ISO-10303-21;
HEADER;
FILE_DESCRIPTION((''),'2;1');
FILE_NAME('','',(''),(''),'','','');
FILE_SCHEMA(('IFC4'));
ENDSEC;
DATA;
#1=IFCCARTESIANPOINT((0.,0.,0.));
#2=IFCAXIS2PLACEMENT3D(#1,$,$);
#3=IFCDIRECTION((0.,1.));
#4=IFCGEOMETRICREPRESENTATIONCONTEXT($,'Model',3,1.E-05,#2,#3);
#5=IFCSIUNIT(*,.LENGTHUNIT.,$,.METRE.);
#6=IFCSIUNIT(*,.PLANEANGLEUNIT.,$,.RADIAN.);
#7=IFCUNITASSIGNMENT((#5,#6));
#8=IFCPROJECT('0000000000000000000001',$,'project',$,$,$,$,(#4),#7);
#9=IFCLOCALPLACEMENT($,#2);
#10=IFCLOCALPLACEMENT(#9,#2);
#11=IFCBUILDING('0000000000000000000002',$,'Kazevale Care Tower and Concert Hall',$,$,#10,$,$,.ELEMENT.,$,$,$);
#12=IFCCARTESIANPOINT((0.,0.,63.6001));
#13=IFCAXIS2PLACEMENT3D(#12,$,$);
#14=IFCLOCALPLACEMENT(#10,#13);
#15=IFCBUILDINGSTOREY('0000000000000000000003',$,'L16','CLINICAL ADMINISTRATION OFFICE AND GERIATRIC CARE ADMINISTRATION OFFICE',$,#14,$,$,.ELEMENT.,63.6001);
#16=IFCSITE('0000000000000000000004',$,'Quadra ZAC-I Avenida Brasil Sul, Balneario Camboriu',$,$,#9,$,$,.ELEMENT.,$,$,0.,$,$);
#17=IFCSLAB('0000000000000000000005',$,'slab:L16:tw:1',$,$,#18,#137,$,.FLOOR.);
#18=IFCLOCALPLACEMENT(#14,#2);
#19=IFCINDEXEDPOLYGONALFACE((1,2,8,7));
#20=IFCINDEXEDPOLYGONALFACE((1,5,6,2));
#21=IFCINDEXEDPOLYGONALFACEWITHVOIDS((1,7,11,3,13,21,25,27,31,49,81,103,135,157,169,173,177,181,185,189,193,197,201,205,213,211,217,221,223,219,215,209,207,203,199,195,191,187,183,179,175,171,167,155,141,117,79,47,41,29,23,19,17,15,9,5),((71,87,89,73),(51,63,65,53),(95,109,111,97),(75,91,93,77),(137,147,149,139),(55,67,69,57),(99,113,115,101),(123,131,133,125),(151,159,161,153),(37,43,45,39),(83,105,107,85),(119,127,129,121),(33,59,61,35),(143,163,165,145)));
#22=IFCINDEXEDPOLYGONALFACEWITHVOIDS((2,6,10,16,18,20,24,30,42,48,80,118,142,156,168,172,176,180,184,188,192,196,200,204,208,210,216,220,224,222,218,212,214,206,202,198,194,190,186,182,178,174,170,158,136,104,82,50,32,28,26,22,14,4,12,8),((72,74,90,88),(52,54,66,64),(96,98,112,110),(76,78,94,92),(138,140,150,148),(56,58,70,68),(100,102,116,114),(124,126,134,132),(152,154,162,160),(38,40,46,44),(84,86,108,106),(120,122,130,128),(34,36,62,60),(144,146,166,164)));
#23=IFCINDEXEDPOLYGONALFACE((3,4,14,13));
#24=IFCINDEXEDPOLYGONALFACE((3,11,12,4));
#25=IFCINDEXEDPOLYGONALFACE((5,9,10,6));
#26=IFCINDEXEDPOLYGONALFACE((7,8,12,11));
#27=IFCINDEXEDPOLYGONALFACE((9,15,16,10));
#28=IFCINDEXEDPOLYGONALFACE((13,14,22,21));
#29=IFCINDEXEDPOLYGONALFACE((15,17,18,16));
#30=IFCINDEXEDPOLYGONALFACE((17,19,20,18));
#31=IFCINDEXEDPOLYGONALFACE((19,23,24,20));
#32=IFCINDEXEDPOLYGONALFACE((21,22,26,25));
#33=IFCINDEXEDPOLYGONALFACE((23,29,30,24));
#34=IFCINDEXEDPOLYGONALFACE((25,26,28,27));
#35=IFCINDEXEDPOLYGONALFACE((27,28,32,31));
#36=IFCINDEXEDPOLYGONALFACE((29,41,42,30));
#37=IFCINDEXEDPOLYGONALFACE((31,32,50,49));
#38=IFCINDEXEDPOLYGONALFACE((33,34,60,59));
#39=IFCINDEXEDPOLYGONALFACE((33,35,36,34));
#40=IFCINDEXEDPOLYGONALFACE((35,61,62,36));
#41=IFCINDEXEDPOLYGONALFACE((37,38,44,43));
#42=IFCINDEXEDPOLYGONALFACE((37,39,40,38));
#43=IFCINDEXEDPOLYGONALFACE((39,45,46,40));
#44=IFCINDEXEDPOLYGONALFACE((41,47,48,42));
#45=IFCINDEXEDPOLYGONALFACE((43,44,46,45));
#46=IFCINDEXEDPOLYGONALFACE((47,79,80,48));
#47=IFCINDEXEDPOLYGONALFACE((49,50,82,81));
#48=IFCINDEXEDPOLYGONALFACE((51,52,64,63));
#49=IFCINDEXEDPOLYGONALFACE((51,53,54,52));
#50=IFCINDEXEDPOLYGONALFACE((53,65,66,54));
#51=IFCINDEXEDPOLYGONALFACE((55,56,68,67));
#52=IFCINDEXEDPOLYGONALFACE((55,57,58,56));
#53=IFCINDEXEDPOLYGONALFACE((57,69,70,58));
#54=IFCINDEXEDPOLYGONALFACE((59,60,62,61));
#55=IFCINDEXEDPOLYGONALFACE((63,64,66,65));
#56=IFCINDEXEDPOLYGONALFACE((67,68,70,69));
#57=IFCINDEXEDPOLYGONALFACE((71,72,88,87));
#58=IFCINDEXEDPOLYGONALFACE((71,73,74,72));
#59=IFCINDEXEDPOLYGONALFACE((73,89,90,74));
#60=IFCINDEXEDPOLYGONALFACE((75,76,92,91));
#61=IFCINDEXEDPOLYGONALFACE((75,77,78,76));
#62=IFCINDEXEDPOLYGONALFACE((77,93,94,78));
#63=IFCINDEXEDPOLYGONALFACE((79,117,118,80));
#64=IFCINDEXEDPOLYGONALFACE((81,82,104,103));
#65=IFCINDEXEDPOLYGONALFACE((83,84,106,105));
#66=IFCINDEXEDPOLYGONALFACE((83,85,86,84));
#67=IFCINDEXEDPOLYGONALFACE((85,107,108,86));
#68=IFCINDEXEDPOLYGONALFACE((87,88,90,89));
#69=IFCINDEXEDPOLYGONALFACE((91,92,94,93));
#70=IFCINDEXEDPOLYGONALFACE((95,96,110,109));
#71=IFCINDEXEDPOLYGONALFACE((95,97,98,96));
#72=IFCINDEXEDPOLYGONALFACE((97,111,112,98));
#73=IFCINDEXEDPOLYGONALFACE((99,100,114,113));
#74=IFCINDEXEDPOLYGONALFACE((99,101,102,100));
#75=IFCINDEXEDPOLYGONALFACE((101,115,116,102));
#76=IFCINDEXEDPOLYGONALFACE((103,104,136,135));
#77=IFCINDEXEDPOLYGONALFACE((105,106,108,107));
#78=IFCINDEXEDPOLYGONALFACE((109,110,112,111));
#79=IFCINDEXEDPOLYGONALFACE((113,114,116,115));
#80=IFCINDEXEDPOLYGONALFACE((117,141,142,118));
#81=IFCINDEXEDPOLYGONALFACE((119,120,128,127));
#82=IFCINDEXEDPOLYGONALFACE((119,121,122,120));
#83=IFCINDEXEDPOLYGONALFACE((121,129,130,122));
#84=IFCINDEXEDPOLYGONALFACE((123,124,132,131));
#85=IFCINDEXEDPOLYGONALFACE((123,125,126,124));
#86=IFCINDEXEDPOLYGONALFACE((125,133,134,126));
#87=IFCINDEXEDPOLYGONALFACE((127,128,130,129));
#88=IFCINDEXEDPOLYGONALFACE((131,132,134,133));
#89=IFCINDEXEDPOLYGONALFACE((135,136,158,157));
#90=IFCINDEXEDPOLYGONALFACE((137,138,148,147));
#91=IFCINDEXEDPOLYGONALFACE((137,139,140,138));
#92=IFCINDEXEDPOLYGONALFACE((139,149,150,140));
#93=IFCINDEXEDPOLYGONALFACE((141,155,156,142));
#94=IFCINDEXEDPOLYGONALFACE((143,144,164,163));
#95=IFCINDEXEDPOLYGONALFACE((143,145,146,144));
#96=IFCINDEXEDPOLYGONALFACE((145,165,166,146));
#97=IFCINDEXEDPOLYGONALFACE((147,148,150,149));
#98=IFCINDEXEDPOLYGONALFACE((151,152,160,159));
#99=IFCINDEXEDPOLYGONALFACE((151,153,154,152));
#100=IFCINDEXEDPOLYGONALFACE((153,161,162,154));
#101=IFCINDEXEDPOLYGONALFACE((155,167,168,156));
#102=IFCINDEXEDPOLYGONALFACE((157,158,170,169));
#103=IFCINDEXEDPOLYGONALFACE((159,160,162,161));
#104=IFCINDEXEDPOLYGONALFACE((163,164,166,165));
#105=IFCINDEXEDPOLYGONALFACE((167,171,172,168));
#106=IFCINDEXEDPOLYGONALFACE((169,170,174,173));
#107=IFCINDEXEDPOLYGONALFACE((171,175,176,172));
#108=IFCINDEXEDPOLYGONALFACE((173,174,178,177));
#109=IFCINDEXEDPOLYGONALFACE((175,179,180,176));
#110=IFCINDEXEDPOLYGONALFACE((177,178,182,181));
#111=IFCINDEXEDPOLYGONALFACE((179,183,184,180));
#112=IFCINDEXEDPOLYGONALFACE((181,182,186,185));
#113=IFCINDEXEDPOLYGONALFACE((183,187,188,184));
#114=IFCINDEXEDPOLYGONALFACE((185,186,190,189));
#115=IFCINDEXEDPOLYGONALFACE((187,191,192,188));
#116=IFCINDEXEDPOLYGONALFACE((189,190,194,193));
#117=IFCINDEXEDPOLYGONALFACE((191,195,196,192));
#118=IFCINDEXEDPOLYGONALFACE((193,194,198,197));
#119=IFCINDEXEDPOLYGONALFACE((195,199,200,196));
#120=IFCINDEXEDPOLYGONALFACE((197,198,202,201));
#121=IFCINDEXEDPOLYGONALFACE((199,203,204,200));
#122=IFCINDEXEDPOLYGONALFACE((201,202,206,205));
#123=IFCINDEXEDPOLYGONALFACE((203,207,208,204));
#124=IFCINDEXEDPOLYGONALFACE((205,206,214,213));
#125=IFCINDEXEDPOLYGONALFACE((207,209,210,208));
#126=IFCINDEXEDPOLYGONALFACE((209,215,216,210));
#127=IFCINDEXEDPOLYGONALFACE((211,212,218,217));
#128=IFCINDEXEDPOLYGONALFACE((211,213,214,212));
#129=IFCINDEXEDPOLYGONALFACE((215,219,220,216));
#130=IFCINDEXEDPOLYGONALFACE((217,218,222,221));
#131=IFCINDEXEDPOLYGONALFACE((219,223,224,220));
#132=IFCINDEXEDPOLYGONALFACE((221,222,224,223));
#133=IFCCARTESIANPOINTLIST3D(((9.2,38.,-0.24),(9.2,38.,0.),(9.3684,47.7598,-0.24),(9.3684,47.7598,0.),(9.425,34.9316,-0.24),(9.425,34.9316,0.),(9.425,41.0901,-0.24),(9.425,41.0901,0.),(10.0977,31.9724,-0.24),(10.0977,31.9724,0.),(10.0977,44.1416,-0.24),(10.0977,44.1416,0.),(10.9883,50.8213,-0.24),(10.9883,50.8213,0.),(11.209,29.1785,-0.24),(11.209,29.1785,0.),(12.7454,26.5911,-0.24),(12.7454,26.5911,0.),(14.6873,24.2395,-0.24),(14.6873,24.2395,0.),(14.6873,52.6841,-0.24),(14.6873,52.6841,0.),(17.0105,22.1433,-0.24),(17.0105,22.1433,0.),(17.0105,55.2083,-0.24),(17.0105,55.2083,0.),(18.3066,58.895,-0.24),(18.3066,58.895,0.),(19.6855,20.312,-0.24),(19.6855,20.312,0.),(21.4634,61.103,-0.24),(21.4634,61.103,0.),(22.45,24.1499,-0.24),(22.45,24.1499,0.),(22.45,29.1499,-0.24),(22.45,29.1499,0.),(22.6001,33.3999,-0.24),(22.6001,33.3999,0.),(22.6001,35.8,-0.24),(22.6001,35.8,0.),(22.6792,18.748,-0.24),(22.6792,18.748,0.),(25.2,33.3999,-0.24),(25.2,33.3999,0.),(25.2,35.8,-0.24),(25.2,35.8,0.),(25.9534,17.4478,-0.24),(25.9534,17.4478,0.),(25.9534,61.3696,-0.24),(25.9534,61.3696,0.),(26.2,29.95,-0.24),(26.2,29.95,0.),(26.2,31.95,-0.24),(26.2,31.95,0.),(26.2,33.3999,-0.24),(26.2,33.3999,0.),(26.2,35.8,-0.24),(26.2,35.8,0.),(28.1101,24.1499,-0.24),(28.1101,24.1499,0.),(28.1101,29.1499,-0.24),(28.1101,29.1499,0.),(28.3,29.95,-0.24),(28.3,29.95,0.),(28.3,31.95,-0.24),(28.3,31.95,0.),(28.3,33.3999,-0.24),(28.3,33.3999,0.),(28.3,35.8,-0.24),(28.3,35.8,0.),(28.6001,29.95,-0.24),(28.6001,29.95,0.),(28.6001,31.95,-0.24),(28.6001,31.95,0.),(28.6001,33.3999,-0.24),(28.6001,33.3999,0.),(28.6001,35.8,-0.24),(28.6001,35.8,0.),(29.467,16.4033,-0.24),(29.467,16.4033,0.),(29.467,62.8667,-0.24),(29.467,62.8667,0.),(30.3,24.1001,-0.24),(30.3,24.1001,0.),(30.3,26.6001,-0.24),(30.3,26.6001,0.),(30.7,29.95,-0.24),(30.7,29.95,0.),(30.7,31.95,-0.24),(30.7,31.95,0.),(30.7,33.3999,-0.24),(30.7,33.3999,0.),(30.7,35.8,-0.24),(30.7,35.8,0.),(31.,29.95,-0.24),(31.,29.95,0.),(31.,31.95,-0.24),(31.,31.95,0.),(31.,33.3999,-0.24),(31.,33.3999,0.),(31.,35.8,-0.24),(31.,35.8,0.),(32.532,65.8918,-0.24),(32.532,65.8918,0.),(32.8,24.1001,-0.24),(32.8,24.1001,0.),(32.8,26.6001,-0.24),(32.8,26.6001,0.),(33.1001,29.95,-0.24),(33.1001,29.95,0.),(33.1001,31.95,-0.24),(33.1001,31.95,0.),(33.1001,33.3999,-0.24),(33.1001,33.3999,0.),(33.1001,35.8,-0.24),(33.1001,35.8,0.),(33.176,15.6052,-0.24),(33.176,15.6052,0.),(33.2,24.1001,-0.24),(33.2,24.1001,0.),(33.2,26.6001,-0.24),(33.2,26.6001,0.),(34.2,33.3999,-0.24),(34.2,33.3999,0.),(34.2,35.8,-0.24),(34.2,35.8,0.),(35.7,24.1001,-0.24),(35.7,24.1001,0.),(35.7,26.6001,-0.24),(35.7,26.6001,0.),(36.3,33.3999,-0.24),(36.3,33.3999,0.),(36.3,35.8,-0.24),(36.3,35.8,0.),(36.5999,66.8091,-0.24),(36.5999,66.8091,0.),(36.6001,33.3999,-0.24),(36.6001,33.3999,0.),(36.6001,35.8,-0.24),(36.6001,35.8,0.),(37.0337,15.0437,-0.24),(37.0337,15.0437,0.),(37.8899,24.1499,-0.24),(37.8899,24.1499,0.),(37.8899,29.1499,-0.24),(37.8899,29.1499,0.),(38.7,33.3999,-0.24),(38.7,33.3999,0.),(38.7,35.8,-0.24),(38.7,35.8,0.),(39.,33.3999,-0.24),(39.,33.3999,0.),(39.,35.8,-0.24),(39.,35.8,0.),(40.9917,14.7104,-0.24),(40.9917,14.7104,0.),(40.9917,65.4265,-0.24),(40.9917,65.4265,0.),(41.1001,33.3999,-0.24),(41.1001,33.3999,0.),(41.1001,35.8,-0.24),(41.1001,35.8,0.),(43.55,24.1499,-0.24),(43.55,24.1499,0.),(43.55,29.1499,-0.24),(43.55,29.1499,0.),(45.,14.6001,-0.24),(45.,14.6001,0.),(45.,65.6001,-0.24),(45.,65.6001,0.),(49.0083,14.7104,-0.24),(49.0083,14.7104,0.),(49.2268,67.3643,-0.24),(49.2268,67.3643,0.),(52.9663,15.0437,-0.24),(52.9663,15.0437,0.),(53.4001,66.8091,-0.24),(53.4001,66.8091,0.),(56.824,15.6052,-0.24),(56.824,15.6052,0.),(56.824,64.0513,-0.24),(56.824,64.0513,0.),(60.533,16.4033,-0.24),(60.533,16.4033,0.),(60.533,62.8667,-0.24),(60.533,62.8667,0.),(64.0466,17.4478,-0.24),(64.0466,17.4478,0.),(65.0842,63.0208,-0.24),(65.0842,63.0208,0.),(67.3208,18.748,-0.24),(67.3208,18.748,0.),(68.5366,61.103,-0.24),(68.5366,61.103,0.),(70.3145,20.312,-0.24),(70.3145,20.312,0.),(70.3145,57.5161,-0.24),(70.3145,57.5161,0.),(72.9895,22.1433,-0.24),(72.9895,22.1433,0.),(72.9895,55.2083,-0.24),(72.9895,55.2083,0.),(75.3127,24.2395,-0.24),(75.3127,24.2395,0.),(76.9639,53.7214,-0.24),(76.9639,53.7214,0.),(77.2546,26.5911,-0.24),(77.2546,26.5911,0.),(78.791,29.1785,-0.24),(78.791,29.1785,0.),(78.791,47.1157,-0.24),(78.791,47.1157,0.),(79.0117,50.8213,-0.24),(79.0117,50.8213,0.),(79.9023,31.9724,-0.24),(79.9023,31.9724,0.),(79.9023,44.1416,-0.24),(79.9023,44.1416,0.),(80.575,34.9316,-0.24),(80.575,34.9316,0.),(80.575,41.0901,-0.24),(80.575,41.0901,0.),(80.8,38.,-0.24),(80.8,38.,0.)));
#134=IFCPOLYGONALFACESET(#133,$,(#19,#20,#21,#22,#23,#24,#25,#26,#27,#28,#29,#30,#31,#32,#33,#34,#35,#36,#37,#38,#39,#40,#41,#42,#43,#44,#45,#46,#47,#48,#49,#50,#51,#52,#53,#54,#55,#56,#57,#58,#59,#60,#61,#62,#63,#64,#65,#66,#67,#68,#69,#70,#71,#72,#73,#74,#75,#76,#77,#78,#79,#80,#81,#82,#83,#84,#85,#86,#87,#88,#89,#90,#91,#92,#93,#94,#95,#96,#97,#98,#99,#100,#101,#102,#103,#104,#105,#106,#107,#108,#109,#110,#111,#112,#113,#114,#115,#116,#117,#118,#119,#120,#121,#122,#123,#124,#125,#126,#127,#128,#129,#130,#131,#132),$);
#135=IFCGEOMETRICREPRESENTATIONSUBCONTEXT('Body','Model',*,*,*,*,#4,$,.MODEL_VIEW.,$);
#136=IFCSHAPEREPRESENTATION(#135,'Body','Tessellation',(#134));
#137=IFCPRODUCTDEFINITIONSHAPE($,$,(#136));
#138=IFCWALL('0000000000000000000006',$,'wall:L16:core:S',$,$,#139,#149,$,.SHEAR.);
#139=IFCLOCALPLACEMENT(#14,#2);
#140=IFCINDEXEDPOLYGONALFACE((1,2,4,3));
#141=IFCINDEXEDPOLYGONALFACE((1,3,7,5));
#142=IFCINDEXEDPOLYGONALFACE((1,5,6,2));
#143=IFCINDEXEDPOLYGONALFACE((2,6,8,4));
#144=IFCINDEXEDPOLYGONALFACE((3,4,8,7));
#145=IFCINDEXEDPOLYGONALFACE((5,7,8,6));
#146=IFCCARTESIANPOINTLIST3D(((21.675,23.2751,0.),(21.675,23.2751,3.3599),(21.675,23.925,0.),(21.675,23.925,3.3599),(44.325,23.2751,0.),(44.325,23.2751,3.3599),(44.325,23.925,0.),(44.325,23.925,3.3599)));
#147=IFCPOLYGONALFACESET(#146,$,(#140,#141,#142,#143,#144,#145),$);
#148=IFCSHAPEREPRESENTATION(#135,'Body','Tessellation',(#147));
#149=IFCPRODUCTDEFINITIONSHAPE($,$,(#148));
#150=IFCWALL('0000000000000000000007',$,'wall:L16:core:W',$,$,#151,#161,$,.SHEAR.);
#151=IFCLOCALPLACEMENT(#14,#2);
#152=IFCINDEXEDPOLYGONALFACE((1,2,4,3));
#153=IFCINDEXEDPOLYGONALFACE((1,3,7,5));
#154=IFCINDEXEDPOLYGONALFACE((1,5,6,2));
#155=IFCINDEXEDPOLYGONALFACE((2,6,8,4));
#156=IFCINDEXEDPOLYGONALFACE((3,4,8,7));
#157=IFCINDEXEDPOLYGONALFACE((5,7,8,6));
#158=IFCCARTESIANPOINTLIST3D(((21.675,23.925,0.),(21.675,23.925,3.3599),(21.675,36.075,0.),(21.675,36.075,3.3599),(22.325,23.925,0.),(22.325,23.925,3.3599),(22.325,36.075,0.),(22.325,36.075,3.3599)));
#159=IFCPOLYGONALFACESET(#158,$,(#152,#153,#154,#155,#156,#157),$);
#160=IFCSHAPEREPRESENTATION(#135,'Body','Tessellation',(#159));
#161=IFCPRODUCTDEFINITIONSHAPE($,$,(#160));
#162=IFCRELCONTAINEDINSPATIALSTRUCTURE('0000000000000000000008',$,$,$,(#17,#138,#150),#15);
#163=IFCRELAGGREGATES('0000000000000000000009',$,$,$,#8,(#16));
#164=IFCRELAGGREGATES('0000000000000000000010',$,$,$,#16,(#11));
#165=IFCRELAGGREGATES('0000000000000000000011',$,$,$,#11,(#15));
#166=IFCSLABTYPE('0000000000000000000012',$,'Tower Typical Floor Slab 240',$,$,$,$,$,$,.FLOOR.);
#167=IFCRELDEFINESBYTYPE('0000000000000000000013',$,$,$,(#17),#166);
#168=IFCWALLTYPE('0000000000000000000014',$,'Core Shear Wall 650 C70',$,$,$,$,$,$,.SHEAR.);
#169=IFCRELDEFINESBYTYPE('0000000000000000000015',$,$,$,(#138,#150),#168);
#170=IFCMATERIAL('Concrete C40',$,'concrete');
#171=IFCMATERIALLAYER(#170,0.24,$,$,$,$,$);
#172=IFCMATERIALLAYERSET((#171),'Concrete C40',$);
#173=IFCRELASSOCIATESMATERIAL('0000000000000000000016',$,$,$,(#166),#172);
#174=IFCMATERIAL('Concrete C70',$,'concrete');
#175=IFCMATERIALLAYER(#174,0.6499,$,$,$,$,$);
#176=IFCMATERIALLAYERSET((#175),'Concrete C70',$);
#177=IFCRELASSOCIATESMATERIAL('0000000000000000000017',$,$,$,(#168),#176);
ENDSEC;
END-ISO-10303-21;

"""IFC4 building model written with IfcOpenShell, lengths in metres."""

from ifc_helpers import new_model, si_unit, direction, frame, frame_2d, origin, place, context, subcontext, project, spatial, polyline, rectangle, outline, extrude, material, layer, layer_set, type_object, element, save


model = new_model("IFC4")

# Units and contexts
model_context = context("Model", 3, precision=1e-05, world=origin(), true_north=direction((0.0, 1.0)))
body_context = subcontext(model_context, "Body", "Model", "MODEL_VIEW")
ifc_project = project(units=[si_unit("LENGTHUNIT", "METRE"), si_unit("PLANEANGLEUNIT", "RADIAN")], contexts=[model_context])

# Site, building, storey
site_placement = place(None, origin())
site = spatial("IfcSite", under=ifc_project, at=site_placement, Name="Quadra ZAC-I Avenida Brasil Sul, Balneario Camboriu", CompositionType="ELEMENT", RefElevation=0.0)
building_placement = place(site_placement, origin())
building = spatial("IfcBuilding", under=site, at=building_placement, Name="Kazevale Care Tower and Concert Hall", CompositionType="ELEMENT")
storey_placement = place(building_placement, frame((0.0, 0.0, 63.6001)))
storey = spatial("IfcBuildingStorey", under=building, at=storey_placement, Name="L16", Description="CLINICAL ADMINISTRATION OFFICE AND GERIATRIC CARE ADMINISTRATION OFFICE", CompositionType="ELEMENT", Elevation=63.6001)

# Shared definitions
ifc_material_1 = material(Name="Concrete C70", Category="concrete")

# Shared definitions
ifc_material_2 = material(Name="Concrete C40", Category="concrete")

# Slab
ifc_layer_1 = layer(ifc_material_2, 0.24)
ifc_layer_set_1 = layer_set([ifc_layer_1], Name="Concrete C40")
slab_type_1 = type_object("IfcSlabType", Name="Tower Typical Floor Slab 240", PredefinedType="FLOOR", material=ifc_layer_set_1)
slab_1_placement = place(storey_placement, frame((0.0, 0.0, -0.24)))
element("IfcSlab", 1, at=slab_1_placement, inside=storey, type_object=slab_type_1, Name="slab:L16:tw:1", PredefinedType="FLOOR", context=body_context, shape_type="SweptSolid", body=[
    extrude(outline(polyline([(80.8, 38.0), (80.575, 41.0901), (79.9023, 44.1416), (78.791, 47.1157), (79.0117, 50.8213), (76.9639, 53.7214), (72.9895, 55.2083), (70.3145, 57.5161), (68.5366, 61.103), (65.0842, 63.0208), (60.533, 62.8667), (56.824, 64.0513), (53.4001, 66.8091), (49.2268, 67.3643), (45.0, 65.6001), (40.9917, 65.4265), (36.5999, 66.8091), (32.532, 65.8918), (29.467, 62.8667), (25.9534, 61.3696), (21.4634, 61.103), (18.3066, 58.895), (17.0105, 55.2083), (14.6873, 52.6841), (10.9883, 50.8213), (9.3684, 47.7598), (10.0977, 44.1416), (9.425, 41.0901), (9.2, 38.0), (9.425, 34.9316), (10.0977, 31.9724), (11.209, 29.1785), (12.7454, 26.5911), (14.6873, 24.2395), (17.0105, 22.1433), (19.6855, 20.312), (22.6792, 18.748), (25.9534, 17.4478), (29.467, 16.4033), (33.176, 15.6052), (37.0337, 15.0437), (40.9917, 14.7104), (45.0, 14.6001), (49.0083, 14.7104), (52.9663, 15.0437), (56.824, 15.6052), (60.533, 16.4033), (64.0466, 17.4478), (67.3208, 18.748), (70.3145, 20.312), (72.9895, 22.1433), (75.3127, 24.2395), (77.2546, 26.5911), (78.791, 29.1785), (79.9023, 31.9724), (80.575, 34.9316), (80.8, 38.0)]), holes=[polyline([(22.45, 24.1499), (28.1101, 24.1499), (28.1101, 29.1499), (22.45, 29.1499), (22.45, 24.1499)]), polyline([(37.8899, 24.1499), (43.55, 24.1499), (43.55, 29.1499), (37.8899, 29.1499), (37.8899, 24.1499)]), polyline([(30.3, 24.1001), (32.8, 24.1001), (32.8, 26.6001), (30.3, 26.6001), (30.3, 24.1001)]), polyline([(33.2, 24.1001), (35.7, 24.1001), (35.7, 26.6001), (33.2, 26.6001), (33.2, 24.1001)]), polyline([(22.6001, 33.3999), (25.2, 33.3999), (25.2, 35.8), (22.6001, 35.8), (22.6001, 33.3999)]), polyline([(26.2, 33.3999), (28.3, 33.3999), (28.3, 35.8), (26.2, 35.8), (26.2, 33.3999)]), polyline([(28.6001, 33.3999), (30.7, 33.3999), (30.7, 35.8), (28.6001, 35.8), (28.6001, 33.3999)]), polyline([(31.0, 33.3999), (33.1001, 33.3999), (33.1001, 35.8), (31.0, 35.8), (31.0, 33.3999)]), polyline([(34.2, 33.3999), (36.3, 33.3999), (36.3, 35.8), (34.2, 35.8), (34.2, 33.3999)]), polyline([(36.6001, 33.3999), (38.7, 33.3999), (38.7, 35.8), (36.6001, 35.8), (36.6001, 33.3999)]), polyline([(39.0, 33.3999), (41.1001, 33.3999), (41.1001, 35.8), (39.0, 35.8), (39.0, 33.3999)]), polyline([(26.2, 29.95), (28.3, 29.95), (28.3, 31.95), (26.2, 31.95), (26.2, 29.95)]), polyline([(28.6001, 29.95), (30.7, 29.95), (30.7, 31.95), (28.6001, 31.95), (28.6001, 29.95)]), polyline([(31.0, 29.95), (33.1001, 29.95), (33.1001, 31.95), (31.0, 31.95), (31.0, 29.95)])]), origin(), (0.0, 0.0, 1.0), 0.24),
])

# Walls
ifc_layer_2 = layer(ifc_material_1, 0.6499)
ifc_layer_set_2 = layer_set([ifc_layer_2], Name="Concrete C70")
wall_type_1 = type_object("IfcWallType", Name="Core Shear Wall 650 C70", PredefinedType="SHEAR", material=ifc_layer_set_2)
wall_1_placement = place(storey_placement, frame((21.675, 23.6001, 0.0), z_axis=(0.0, 0.0, 1.0), x_axis=(1.0, 0.0, 0.0)))
element("IfcWall", 2, at=wall_1_placement, inside=storey, type_object=wall_type_1, Name="wall:L16:core:S", PredefinedType="SHEAR", context=body_context, shape_type="SweptSolid", body=[
    extrude(rectangle(XDim=22.6499, YDim=0.6499, at=frame_2d((11.325, 0.0))), origin(), (0.0, 0.0, 1.0), 3.3599),
])
wall_2_placement = place(storey_placement, frame((22.0, 23.925, 0.0), z_axis=(0.0, 0.0, 1.0), x_axis=(0.0, 1.0, 0.0)))
element("IfcWall", 3, at=wall_2_placement, inside=storey, type_object=wall_type_1, Name="wall:L16:core:W", PredefinedType="SHEAR", context=body_context, shape_type="SweptSolid", body=[
    extrude(rectangle(XDim=12.1499, YDim=0.6499, at=frame_2d((6.075, 0.0))), origin(), (0.0, 0.0, 1.0), 3.3599),
])

save(model, "model.ifc")
